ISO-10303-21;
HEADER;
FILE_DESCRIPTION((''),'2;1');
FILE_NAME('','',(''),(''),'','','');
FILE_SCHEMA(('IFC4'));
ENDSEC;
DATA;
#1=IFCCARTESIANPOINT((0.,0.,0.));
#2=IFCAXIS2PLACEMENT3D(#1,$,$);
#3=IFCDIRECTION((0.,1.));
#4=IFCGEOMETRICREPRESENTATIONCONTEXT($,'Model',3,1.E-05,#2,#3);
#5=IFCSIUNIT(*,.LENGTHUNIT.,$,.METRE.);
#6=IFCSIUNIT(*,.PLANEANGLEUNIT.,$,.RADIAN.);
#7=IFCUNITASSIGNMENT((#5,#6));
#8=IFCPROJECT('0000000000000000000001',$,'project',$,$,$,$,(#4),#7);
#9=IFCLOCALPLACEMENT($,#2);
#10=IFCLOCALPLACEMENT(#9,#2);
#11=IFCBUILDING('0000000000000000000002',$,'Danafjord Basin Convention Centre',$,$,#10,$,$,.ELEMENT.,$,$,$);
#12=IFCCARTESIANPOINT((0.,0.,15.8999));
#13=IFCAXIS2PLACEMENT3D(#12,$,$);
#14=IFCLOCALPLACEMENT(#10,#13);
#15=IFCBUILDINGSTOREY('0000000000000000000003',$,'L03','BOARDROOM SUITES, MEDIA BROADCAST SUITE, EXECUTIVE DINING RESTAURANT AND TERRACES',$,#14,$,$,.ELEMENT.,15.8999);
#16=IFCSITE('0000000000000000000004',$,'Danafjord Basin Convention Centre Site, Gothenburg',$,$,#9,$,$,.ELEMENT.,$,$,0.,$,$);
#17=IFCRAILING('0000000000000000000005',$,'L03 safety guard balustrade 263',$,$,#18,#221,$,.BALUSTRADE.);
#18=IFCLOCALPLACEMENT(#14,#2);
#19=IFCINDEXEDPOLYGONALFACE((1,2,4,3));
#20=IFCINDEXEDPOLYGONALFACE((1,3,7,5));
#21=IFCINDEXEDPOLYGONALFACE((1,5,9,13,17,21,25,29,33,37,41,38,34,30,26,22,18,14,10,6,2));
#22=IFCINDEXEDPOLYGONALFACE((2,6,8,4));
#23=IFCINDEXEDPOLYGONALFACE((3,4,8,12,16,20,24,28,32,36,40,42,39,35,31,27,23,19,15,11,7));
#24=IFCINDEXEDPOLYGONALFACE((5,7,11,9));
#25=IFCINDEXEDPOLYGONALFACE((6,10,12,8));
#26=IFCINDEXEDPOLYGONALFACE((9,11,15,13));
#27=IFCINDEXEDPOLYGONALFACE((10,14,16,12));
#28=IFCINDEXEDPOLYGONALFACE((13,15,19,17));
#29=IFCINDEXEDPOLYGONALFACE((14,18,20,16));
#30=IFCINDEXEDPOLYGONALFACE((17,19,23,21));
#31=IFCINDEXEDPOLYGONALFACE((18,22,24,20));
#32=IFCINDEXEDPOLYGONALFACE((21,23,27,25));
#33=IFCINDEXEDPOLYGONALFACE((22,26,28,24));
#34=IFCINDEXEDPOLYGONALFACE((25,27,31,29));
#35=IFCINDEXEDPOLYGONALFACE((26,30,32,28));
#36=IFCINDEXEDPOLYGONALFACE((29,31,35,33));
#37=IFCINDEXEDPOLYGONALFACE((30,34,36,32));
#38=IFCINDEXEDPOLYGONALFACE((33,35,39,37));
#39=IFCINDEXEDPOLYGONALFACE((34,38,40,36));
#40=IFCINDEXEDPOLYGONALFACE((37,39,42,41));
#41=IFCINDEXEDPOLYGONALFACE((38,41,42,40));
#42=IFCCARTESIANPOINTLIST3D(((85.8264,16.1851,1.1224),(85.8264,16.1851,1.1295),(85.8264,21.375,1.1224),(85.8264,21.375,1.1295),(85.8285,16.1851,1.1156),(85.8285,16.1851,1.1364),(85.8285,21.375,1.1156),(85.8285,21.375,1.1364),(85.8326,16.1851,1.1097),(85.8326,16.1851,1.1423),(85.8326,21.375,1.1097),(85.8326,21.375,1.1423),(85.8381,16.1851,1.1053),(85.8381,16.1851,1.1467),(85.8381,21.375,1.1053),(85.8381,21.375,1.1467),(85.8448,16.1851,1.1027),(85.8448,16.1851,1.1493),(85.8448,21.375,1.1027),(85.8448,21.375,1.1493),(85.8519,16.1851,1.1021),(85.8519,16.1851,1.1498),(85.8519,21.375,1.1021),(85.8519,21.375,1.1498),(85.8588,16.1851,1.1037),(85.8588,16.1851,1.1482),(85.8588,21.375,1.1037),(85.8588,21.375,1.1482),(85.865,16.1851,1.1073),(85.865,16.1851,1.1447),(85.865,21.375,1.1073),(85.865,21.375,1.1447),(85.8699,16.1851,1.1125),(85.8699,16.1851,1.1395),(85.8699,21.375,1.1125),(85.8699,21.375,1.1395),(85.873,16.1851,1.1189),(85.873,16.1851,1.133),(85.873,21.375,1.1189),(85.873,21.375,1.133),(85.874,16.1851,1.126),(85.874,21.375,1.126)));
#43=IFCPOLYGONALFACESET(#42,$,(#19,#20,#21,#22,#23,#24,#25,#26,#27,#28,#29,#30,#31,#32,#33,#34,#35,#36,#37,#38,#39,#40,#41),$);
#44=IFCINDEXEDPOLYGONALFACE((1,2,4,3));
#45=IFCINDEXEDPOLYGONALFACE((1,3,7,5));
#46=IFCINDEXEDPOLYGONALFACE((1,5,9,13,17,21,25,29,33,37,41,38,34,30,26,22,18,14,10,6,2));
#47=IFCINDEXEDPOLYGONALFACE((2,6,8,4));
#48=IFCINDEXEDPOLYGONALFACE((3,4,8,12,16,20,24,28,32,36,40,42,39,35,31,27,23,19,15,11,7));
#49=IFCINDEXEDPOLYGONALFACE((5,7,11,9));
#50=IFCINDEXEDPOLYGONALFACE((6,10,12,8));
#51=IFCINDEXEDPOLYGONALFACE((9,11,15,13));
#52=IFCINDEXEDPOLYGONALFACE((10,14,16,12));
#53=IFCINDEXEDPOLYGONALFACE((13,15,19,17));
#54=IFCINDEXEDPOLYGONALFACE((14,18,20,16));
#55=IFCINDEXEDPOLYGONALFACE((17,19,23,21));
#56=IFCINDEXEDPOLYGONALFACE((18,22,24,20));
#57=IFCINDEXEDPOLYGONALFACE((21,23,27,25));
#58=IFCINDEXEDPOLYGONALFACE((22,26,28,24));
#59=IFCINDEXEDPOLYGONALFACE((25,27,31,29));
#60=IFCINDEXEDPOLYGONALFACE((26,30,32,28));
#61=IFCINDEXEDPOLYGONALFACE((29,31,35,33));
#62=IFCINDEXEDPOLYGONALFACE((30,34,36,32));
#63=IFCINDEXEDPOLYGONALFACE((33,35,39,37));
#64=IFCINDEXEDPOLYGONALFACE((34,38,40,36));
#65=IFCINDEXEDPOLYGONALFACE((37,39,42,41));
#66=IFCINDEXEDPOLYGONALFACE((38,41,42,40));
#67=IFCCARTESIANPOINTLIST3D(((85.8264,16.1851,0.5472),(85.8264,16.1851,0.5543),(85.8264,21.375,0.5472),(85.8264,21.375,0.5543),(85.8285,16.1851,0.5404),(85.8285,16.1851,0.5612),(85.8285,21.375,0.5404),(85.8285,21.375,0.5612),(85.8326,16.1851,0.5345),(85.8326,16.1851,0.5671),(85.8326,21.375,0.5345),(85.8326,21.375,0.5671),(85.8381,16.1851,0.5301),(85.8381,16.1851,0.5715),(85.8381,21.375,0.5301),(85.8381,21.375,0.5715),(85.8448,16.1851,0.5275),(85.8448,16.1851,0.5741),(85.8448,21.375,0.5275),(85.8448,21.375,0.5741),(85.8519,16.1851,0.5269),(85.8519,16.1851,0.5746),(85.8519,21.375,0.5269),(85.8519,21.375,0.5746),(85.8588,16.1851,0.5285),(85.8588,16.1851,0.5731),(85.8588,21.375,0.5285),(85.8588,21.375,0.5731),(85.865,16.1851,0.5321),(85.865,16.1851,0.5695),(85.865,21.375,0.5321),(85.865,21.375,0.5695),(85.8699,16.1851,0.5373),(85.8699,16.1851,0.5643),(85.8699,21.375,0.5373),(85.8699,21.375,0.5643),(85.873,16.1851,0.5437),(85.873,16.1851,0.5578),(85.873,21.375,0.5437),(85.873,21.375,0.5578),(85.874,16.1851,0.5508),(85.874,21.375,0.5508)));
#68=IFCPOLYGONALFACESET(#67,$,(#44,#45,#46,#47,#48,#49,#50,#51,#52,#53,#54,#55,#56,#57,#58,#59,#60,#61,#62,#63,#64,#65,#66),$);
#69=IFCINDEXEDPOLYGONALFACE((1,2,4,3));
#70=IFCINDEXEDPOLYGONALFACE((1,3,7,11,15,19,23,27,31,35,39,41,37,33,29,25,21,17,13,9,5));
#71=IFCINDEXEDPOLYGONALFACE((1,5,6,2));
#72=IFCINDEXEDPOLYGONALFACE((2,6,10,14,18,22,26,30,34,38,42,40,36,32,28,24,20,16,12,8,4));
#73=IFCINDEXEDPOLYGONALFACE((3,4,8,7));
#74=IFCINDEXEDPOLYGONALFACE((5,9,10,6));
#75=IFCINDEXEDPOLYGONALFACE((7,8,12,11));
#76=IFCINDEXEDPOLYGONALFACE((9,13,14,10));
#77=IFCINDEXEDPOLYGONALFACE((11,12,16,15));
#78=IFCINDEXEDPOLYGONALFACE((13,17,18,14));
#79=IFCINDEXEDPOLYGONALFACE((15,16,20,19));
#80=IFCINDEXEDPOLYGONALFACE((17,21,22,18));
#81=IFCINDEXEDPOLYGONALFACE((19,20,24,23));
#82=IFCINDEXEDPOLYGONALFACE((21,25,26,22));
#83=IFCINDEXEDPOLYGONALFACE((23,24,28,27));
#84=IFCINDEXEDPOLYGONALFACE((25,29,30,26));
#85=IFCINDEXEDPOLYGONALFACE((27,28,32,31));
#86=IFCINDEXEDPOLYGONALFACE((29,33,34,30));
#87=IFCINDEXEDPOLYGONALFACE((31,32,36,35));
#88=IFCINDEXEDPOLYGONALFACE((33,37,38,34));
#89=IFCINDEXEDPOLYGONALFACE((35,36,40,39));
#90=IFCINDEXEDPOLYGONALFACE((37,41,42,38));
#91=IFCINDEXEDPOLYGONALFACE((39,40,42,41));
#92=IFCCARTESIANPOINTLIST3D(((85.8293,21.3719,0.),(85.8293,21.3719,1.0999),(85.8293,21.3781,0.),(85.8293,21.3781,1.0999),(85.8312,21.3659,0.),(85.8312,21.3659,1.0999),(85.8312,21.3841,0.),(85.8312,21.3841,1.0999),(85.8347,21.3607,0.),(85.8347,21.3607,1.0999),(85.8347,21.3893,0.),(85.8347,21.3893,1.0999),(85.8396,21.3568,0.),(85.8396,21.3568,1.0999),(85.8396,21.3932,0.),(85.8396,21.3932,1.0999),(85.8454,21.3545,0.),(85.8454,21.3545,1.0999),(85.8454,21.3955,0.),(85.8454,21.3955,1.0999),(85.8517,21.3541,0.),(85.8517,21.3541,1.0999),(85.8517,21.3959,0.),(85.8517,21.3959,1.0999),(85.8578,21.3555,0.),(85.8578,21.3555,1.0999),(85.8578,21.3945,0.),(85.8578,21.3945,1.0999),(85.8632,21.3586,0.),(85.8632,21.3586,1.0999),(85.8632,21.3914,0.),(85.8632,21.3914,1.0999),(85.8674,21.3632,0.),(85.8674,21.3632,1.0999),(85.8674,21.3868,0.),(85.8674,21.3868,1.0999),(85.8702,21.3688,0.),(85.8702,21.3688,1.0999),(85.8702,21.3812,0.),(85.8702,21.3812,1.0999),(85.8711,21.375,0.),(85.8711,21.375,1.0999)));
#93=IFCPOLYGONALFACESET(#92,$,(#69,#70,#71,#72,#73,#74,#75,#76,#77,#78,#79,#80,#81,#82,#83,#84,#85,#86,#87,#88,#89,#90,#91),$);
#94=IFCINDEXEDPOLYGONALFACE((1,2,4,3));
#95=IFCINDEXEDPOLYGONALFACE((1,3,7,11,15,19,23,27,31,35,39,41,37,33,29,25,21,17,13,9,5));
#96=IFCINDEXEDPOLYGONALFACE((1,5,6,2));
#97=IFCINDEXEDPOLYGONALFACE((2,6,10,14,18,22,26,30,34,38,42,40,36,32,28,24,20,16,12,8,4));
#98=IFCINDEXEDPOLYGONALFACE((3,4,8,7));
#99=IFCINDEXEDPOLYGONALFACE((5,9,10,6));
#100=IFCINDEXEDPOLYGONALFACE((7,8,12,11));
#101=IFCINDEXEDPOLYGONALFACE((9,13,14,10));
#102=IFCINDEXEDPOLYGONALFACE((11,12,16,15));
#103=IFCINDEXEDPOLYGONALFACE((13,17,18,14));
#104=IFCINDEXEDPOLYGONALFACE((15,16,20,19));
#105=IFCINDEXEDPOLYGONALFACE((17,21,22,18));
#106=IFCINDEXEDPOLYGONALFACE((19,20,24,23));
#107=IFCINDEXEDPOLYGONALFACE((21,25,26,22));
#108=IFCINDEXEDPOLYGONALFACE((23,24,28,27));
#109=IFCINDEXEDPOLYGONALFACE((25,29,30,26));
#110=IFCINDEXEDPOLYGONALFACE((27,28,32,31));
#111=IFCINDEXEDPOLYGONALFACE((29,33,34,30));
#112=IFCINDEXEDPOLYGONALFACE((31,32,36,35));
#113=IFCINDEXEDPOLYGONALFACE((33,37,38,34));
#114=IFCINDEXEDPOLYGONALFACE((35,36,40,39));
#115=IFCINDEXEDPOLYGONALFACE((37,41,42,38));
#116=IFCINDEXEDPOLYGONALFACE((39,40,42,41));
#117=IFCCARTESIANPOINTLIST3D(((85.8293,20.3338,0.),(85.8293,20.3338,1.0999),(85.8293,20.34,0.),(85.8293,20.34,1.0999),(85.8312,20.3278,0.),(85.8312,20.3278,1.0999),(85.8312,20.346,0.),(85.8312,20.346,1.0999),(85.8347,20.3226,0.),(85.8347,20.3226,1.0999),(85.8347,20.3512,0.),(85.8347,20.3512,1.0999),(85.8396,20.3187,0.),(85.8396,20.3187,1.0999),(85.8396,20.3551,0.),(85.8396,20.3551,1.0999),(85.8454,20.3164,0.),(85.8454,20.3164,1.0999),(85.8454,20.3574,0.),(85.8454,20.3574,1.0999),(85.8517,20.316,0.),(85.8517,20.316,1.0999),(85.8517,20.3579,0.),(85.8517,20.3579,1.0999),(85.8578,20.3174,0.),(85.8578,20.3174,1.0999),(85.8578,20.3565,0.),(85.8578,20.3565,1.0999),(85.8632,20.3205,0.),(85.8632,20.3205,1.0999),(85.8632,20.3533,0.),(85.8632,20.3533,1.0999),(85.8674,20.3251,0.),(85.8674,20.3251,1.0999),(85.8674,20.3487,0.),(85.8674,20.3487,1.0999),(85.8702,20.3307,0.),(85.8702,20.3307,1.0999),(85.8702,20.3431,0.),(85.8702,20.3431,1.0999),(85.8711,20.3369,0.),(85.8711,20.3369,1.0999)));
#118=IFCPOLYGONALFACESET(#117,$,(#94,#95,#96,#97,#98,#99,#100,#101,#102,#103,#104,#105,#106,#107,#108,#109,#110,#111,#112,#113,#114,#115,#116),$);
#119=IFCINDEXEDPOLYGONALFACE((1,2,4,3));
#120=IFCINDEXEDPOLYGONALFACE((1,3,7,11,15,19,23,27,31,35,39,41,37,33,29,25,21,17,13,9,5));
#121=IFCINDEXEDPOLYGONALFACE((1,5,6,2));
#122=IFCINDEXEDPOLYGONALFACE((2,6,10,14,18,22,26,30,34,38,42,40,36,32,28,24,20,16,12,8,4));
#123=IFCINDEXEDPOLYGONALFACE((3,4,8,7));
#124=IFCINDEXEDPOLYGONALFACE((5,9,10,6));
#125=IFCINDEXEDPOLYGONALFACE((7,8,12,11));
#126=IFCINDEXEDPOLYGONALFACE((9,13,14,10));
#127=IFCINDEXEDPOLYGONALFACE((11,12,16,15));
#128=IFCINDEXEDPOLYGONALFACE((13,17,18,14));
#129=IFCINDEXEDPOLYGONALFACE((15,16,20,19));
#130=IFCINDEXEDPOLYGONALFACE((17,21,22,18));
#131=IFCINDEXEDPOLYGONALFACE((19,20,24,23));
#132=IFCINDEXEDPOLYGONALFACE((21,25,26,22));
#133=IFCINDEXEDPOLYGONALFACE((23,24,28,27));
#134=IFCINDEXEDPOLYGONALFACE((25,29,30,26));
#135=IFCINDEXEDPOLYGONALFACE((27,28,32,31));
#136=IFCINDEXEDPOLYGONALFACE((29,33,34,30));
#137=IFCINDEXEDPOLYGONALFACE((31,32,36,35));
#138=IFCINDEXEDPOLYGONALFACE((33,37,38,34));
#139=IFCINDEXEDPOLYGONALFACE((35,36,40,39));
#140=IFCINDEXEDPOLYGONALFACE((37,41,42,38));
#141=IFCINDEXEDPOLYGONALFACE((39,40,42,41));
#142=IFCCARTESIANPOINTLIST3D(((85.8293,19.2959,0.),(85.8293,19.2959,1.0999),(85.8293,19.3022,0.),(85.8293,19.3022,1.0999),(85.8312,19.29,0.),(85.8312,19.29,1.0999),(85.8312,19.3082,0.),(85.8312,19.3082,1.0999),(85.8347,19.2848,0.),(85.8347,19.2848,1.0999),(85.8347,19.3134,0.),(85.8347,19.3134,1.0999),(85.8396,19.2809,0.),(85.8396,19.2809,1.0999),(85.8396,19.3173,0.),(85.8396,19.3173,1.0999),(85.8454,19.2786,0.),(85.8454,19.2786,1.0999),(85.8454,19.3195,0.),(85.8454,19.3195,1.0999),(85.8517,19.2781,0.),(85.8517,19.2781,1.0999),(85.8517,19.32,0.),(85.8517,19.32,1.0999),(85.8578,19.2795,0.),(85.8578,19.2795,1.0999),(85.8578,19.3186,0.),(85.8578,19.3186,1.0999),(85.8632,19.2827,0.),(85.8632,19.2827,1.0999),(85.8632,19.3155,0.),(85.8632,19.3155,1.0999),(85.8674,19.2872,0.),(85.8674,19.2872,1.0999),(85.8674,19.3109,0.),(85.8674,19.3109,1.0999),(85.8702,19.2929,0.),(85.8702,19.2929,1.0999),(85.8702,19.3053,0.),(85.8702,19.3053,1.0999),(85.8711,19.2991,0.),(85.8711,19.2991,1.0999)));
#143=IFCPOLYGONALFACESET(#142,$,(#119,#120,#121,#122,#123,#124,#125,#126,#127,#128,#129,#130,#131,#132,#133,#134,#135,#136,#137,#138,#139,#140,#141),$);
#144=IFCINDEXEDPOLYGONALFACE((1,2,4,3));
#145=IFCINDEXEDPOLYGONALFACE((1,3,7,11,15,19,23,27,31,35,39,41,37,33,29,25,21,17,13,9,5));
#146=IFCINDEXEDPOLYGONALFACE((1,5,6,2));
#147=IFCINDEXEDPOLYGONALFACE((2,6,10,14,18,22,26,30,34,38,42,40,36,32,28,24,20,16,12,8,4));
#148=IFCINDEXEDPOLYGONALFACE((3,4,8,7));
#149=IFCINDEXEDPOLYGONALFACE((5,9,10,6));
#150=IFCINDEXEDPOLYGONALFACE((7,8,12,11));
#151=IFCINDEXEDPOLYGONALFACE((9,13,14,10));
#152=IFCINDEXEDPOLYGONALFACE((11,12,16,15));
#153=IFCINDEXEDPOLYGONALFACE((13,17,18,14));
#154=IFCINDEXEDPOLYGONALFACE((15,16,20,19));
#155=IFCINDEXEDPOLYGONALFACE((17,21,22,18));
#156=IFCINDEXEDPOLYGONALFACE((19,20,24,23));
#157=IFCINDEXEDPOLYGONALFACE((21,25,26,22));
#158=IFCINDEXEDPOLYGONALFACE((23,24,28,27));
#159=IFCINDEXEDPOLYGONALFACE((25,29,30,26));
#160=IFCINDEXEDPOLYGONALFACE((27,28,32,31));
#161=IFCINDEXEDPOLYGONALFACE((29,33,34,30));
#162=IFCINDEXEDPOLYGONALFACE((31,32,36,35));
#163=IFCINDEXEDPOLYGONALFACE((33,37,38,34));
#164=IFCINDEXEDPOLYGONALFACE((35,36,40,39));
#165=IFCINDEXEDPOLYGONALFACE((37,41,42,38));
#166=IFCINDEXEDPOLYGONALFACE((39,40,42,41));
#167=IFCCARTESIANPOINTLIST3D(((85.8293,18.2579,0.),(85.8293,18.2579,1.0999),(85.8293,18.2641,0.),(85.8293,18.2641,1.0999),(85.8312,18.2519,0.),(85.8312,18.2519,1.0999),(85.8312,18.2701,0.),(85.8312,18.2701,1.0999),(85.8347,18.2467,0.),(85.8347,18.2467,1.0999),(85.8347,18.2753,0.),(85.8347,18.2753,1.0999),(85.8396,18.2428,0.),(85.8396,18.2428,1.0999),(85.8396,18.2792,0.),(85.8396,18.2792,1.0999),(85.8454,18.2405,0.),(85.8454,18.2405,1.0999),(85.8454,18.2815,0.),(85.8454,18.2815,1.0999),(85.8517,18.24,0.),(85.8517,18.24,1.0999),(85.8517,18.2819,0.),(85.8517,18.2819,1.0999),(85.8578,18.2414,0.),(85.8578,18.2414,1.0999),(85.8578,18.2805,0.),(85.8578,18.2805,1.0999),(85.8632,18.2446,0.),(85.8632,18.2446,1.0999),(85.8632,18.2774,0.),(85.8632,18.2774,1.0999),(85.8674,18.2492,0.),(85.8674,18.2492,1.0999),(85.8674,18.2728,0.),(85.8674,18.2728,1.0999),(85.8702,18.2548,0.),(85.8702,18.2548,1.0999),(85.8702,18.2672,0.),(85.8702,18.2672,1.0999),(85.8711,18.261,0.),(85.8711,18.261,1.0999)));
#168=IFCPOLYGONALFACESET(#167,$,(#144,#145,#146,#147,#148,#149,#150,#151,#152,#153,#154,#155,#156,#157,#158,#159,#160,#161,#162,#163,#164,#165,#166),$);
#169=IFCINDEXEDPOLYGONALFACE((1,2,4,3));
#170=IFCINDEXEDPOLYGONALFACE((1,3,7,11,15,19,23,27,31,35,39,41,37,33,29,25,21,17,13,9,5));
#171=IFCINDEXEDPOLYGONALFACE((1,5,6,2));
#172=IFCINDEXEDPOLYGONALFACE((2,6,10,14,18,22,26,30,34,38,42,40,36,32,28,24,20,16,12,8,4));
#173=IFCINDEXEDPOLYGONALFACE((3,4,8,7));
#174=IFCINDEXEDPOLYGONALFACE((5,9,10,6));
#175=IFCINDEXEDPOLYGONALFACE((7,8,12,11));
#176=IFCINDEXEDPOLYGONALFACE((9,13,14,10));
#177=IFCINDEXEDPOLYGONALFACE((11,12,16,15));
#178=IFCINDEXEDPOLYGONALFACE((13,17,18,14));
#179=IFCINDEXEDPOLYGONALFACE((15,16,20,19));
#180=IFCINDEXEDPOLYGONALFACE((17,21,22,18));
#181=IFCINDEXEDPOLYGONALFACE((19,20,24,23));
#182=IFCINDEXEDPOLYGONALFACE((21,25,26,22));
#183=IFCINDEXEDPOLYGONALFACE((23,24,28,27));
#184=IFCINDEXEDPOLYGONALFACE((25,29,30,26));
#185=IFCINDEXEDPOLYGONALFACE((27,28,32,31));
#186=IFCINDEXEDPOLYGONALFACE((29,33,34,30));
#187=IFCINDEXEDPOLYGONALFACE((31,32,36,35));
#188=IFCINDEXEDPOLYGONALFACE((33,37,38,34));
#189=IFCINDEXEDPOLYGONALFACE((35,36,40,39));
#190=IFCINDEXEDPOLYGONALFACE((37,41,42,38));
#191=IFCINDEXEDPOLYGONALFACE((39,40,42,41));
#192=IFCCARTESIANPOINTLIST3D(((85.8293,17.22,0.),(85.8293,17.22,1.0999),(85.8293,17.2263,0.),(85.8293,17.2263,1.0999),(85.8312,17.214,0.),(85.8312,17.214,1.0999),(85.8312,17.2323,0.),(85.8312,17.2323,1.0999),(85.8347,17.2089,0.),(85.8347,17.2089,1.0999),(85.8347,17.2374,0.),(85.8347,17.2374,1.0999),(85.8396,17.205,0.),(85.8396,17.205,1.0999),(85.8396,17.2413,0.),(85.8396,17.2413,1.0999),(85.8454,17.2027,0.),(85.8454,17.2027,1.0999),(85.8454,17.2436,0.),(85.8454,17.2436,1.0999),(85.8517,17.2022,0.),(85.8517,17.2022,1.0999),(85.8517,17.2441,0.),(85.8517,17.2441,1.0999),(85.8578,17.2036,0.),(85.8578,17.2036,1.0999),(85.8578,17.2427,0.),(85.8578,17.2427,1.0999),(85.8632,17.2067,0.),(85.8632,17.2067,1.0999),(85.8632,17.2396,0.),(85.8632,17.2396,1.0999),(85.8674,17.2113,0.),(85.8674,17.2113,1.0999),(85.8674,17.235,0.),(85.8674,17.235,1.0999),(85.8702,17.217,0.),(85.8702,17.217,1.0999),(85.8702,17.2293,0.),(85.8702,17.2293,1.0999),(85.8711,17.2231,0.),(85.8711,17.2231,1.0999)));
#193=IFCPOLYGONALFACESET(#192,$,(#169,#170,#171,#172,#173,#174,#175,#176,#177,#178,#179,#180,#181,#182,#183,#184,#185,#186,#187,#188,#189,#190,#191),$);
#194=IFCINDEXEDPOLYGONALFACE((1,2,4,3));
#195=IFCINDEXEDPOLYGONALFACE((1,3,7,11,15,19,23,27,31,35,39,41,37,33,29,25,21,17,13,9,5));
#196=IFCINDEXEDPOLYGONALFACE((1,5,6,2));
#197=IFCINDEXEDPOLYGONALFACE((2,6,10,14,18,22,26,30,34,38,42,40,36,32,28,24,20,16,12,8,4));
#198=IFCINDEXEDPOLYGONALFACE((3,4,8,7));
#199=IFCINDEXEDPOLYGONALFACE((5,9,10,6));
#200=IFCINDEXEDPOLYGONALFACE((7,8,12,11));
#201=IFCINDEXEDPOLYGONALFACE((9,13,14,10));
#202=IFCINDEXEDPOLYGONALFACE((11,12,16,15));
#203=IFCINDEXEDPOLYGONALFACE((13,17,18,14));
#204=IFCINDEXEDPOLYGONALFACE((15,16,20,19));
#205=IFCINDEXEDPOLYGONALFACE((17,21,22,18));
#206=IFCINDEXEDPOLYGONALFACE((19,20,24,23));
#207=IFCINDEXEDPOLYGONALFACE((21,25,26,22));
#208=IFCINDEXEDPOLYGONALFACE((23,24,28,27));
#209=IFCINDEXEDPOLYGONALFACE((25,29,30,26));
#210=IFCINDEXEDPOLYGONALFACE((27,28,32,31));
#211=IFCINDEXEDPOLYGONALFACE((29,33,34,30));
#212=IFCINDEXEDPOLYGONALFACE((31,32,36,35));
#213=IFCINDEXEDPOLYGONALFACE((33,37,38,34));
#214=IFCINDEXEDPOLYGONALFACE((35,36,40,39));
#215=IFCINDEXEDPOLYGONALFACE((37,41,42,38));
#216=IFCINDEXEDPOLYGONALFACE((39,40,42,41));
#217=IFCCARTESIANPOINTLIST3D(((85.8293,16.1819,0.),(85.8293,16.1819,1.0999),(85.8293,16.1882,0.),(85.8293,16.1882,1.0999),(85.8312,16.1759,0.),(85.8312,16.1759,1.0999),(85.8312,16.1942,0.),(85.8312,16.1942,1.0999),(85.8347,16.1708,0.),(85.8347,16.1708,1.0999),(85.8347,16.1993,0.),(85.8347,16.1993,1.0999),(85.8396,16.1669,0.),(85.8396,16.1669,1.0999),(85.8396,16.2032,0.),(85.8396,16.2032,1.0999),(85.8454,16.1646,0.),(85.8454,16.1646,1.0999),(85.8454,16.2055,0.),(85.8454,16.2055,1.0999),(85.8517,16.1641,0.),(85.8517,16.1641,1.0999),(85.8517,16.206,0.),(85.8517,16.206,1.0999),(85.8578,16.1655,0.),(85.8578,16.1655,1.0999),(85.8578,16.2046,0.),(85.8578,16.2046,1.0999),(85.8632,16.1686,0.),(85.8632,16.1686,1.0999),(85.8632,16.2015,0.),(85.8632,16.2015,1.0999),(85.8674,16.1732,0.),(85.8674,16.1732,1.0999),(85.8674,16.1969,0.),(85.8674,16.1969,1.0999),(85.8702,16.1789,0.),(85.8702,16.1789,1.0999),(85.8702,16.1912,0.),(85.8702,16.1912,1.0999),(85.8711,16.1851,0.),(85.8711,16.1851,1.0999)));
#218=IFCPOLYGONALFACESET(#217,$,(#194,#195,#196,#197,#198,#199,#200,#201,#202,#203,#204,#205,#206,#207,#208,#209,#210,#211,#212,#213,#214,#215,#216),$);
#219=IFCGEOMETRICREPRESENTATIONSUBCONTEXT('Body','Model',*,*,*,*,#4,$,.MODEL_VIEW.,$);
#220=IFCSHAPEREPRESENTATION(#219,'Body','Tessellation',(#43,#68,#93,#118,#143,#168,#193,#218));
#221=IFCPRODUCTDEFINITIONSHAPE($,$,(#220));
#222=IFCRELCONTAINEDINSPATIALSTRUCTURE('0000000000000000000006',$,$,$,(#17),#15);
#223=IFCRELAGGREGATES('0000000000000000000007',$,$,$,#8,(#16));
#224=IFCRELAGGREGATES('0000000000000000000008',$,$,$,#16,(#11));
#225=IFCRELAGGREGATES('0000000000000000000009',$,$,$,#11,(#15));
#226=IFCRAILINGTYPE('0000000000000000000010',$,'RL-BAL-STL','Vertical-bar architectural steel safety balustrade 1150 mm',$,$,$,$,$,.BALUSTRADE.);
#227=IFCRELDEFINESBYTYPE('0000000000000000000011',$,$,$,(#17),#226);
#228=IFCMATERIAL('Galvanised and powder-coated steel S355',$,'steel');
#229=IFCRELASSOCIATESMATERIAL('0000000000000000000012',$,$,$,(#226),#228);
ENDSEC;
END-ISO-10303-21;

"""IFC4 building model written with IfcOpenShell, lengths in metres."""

from ifc_helpers import new_model, si_unit, direction, frame, origin, origin_2d, place, context, subcontext, project, spatial, circle, extrude, material, type_object, element, save


model = new_model("IFC4")

# Units and contexts
model_context = context("Model", 3, precision=1e-05, world=origin(), true_north=direction((0.0, 1.0)))
body_context = subcontext(model_context, "Body", "Model", "MODEL_VIEW")
ifc_project = project(units=[si_unit("LENGTHUNIT", "METRE"), si_unit("PLANEANGLEUNIT", "RADIAN")], contexts=[model_context])

# Site, building, storey
site_placement = place(None, origin())
site = spatial("IfcSite", under=ifc_project, at=site_placement, Name="Danafjord Basin Convention Centre Site, Gothenburg", CompositionType="ELEMENT", RefElevation=0.0)
building_placement = place(site_placement, origin())
building = spatial("IfcBuilding", under=site, at=building_placement, Name="Danafjord Basin Convention Centre", CompositionType="ELEMENT")
storey_placement = place(building_placement, frame((0.0, 0.0, 15.8999)))
storey = spatial("IfcBuildingStorey", under=building, at=storey_placement, Name="L03", Description="BOARDROOM SUITES, MEDIA BROADCAST SUITE, EXECUTIVE DINING RESTAURANT AND TERRACES", CompositionType="ELEMENT", Elevation=15.8999)

# Railing
ifc_material_1 = material(Name="Galvanised and powder-coated steel S355", Category="steel")
railing_type_1 = type_object("IfcRailingType", Name="RL-BAL-STL", Description="Vertical-bar architectural steel safety balustrade 1150 mm", PredefinedType="BALUSTRADE", material=ifc_material_1)
railing_1_placement = place(storey_placement, frame((85.8501, 21.375, 0.0)))
element("IfcRailing", 1, at=railing_1_placement, inside=storey, type_object=railing_type_1, Name="L03 safety guard balustrade 263", PredefinedType="BALUSTRADE", context=body_context, shape_type="SweptSolid", body=[
    extrude(circle(Radius=0.0239, at=origin_2d()), frame((0.0, 0.0, 1.126), z_axis=(0.0, -1.0, 0.0), x_axis=(1.0, 0.0, 0.0)), (0.0, 0.0, 1.0), 5.1899),
    extrude(circle(Radius=0.0239, at=origin_2d()), frame((0.0, 0.0, 0.5508), z_axis=(0.0, -1.0, 0.0), x_axis=(1.0, 0.0, 0.0)), (0.0, 0.0, 1.0), 5.1899),
    extrude(circle(Radius=0.021, at=origin_2d()), origin(), (0.0, 0.0, 1.0), 1.0999),
    extrude(circle(Radius=0.021, at=origin_2d()), frame((0.0, -1.0381, 0.0)), (0.0, 0.0, 1.0), 1.0999),
    extrude(circle(Radius=0.021, at=origin_2d()), frame((0.0, -2.0759, 0.0)), (0.0, 0.0, 1.0), 1.0999),
    extrude(circle(Radius=0.021, at=origin_2d()), frame((0.0, -3.114, 0.0)), (0.0, 0.0, 1.0), 1.0999),
    extrude(circle(Radius=0.021, at=origin_2d()), frame((0.0, -4.1519, 0.0)), (0.0, 0.0, 1.0), 1.0999),
    extrude(circle(Radius=0.021, at=origin_2d()), frame((0.0, -5.1899, 0.0)), (0.0, 0.0, 1.0), 1.0999),
])

save(model, "model.ifc")
